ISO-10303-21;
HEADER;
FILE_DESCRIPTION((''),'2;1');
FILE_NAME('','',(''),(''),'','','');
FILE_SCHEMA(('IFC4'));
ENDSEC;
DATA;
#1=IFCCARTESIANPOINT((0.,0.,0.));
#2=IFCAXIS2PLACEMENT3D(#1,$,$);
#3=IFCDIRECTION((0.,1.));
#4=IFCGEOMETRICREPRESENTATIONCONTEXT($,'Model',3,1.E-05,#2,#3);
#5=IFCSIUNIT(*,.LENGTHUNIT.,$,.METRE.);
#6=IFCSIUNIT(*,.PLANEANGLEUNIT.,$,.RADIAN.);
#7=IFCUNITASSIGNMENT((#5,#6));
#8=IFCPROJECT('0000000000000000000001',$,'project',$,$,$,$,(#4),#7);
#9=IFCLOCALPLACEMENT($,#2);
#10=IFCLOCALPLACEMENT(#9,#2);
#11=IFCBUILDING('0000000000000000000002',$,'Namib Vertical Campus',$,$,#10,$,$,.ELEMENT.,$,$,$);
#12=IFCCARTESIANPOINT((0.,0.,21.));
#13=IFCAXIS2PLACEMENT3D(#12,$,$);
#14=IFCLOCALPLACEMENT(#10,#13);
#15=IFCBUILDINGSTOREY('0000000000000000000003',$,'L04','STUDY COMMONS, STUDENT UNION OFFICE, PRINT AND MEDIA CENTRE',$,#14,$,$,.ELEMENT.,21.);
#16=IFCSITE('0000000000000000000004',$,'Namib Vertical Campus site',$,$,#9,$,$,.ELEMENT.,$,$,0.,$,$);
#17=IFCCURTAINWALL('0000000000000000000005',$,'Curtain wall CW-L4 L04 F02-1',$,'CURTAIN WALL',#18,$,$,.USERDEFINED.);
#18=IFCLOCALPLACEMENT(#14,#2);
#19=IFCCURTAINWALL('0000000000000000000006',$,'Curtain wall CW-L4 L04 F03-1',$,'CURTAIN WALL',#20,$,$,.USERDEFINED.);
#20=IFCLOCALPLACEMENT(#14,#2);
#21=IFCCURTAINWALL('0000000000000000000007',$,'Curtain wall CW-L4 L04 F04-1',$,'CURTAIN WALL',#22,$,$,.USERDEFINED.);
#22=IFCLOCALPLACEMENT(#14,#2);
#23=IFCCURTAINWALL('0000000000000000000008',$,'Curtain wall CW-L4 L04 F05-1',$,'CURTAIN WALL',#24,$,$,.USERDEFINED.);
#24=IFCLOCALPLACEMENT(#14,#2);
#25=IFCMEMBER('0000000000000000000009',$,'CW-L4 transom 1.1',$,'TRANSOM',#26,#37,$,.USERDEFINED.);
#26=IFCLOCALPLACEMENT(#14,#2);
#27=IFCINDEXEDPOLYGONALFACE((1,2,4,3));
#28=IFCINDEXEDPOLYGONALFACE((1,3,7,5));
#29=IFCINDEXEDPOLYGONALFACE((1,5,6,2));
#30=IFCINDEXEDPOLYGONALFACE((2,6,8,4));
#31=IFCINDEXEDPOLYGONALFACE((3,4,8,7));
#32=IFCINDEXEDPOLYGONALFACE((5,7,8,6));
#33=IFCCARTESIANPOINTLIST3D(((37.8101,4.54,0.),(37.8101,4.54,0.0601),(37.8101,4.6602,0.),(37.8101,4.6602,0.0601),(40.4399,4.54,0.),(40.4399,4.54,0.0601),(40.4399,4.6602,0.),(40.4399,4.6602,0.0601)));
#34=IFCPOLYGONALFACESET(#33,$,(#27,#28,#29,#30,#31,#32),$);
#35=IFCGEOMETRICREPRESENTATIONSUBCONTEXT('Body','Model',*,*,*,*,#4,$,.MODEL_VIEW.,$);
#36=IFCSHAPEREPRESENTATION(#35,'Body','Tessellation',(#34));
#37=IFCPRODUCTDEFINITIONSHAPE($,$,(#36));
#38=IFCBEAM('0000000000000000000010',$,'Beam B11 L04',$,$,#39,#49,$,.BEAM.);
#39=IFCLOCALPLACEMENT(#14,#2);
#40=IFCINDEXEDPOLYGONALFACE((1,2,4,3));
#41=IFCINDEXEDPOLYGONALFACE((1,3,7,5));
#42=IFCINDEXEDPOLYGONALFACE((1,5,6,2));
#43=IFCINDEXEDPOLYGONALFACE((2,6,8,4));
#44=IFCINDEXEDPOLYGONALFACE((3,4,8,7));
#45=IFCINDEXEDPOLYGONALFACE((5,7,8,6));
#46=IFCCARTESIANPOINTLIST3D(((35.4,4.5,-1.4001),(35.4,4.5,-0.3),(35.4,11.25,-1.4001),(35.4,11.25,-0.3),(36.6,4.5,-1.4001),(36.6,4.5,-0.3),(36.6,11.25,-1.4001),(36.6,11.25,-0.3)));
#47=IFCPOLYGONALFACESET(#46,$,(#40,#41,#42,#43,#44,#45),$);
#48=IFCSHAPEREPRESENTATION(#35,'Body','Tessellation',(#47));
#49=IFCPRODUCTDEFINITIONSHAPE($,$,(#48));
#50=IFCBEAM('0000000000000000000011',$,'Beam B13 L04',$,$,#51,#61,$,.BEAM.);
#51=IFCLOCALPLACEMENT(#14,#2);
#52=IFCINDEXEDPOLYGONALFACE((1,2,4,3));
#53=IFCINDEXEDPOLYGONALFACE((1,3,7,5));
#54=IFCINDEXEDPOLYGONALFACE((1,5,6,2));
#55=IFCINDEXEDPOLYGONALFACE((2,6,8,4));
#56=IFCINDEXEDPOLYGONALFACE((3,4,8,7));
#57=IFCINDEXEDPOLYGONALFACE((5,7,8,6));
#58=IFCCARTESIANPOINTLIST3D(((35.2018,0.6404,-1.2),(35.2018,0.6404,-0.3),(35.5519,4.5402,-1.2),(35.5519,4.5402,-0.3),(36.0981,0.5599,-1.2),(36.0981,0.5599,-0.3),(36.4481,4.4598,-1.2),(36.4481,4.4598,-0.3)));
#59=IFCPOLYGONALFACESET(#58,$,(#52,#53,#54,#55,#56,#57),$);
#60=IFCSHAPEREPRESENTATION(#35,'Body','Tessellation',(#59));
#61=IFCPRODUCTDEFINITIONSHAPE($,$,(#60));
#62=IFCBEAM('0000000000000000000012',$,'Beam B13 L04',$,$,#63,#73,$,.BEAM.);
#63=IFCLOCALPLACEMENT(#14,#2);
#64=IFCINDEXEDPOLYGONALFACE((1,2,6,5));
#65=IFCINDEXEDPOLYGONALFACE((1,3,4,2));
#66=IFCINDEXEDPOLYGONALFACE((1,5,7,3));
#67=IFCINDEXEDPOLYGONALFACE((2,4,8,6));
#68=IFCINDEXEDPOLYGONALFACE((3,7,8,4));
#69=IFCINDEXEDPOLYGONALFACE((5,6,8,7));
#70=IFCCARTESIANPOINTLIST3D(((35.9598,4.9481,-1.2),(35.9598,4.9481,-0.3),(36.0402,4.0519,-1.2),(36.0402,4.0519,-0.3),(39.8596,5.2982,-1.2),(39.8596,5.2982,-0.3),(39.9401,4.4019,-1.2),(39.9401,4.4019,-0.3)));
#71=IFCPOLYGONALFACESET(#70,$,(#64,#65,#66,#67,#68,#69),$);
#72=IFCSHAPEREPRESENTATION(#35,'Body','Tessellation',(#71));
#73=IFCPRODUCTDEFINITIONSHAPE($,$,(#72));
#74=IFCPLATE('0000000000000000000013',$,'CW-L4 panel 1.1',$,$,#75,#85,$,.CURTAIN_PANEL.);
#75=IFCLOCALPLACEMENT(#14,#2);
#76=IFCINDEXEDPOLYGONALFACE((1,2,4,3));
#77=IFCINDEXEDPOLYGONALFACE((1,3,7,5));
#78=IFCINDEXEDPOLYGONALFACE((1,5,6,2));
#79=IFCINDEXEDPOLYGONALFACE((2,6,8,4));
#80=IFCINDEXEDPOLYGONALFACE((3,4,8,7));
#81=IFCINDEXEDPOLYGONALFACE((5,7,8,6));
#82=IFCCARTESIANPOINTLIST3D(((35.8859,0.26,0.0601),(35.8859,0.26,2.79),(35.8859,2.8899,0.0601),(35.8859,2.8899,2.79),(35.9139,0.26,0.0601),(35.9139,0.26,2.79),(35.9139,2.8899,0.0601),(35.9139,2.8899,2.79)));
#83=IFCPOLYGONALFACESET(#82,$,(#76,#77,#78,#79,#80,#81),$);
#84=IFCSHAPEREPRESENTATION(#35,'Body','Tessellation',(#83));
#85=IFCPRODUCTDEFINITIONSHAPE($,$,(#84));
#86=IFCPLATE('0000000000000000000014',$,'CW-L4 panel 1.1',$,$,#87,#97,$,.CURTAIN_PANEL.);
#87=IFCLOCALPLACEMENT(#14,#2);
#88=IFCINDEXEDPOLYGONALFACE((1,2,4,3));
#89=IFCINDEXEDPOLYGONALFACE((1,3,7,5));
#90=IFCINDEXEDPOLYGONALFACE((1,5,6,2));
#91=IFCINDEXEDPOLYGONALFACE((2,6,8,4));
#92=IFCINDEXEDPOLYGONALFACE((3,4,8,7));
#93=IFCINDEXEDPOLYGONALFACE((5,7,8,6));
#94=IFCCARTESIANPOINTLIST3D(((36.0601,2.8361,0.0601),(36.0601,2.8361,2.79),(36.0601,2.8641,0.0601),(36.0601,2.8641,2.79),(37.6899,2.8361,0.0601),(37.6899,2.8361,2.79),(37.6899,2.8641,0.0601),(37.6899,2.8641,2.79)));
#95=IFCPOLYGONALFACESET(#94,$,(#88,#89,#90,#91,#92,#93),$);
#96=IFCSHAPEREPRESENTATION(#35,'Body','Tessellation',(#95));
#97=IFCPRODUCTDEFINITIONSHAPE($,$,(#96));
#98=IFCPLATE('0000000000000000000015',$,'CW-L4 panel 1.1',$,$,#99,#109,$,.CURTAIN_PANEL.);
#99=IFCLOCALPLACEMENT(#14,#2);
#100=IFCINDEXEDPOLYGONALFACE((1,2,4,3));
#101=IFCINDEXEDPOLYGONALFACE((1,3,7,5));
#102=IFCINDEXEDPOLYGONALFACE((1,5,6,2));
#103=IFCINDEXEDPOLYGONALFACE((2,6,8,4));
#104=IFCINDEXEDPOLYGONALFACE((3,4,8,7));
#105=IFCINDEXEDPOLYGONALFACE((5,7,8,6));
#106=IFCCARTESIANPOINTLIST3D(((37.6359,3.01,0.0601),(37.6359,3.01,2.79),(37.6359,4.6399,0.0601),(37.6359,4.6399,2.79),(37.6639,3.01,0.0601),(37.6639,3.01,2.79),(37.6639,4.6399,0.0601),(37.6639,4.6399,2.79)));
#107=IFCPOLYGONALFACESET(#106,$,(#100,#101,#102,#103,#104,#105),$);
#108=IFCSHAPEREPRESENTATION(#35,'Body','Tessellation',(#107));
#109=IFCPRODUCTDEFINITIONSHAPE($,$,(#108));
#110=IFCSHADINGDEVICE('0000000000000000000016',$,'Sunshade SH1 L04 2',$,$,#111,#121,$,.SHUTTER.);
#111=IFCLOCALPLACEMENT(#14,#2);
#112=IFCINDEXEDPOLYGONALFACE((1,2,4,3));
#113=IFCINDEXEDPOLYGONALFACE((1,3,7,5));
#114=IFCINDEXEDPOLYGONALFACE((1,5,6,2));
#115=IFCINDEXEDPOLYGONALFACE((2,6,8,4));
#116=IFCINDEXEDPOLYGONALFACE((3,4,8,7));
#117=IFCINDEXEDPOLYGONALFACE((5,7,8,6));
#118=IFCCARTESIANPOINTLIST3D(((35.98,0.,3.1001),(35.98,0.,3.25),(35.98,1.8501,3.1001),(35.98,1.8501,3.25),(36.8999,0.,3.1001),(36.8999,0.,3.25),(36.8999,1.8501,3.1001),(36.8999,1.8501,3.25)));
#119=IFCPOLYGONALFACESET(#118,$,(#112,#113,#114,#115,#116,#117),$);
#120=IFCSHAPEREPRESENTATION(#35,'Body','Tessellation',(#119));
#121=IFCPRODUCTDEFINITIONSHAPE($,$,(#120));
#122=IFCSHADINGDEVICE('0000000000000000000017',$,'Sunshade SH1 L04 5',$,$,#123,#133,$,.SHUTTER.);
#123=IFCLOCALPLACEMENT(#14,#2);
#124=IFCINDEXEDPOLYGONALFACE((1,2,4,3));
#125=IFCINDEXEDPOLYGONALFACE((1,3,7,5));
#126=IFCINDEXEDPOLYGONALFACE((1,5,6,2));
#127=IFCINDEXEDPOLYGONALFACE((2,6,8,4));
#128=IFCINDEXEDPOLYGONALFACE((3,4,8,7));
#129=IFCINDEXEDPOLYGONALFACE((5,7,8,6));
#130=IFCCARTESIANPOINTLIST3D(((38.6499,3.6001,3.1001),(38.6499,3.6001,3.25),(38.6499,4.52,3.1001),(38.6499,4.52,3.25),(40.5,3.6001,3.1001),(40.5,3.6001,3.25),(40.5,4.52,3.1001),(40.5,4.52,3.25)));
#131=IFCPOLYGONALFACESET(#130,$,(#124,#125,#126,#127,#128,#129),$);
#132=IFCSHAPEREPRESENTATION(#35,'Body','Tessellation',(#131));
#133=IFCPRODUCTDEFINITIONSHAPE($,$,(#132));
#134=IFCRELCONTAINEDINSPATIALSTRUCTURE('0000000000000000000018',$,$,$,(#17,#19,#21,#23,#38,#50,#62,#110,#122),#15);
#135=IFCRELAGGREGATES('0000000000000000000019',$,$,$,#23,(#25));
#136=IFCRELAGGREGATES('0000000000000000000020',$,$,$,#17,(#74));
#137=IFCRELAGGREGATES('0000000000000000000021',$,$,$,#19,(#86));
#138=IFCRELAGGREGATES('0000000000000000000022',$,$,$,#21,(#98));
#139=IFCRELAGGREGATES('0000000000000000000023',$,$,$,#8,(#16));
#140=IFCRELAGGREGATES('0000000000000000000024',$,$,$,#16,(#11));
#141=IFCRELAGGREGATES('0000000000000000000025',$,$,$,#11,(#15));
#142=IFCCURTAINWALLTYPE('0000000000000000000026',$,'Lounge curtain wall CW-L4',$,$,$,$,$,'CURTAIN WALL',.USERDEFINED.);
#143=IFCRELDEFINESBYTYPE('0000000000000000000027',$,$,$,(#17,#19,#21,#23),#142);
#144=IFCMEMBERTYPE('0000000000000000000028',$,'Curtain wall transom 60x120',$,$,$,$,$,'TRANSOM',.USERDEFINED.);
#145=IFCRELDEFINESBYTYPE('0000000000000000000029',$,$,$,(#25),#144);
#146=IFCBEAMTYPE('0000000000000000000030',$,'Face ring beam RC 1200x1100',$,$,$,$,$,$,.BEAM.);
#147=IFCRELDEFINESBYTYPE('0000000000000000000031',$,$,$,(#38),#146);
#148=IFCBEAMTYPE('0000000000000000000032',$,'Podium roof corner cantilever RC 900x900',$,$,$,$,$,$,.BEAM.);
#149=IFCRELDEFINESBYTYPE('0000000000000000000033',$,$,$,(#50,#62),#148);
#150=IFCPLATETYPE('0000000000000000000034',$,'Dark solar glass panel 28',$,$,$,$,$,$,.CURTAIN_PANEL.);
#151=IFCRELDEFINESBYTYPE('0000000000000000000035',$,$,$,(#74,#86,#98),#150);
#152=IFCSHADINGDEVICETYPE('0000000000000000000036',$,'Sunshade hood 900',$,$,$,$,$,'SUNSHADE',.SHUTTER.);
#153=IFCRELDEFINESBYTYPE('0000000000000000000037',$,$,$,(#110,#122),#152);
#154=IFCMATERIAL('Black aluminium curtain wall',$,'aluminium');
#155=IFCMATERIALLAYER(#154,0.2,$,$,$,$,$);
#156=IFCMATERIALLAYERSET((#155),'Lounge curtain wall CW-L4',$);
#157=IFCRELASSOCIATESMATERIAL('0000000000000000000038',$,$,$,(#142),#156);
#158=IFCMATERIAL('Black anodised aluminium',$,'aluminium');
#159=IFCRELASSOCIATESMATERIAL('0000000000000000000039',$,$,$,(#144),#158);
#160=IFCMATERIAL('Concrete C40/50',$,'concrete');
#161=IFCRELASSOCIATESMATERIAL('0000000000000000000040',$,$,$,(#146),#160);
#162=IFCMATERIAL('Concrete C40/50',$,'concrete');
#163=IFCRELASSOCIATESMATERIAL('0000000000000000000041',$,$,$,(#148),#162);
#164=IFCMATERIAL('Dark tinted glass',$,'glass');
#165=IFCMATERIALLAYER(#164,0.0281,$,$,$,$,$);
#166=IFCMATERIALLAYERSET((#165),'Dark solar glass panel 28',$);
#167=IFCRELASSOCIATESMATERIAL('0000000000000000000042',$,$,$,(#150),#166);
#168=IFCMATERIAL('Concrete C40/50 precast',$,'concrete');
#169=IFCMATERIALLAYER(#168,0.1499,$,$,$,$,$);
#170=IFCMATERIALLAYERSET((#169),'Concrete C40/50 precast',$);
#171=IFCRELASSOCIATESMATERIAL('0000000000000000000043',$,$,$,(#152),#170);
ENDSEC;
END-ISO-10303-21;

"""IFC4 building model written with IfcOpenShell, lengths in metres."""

from ifc_helpers import new_model, si_unit, direction, frame, origin, origin_2d, place, context, subcontext, project, spatial, rectangle, extrude, material, layer, layer_set, material_profile, profile_set, type_object, element, aggregate, save


model = new_model("IFC4")

# Units and contexts
model_context = context("Model", 3, precision=1e-05, world=origin(), true_north=direction((0.0, 1.0)))
body_context = subcontext(model_context, "Body", "Model", "MODEL_VIEW")
ifc_project = project(units=[si_unit("LENGTHUNIT", "METRE"), si_unit("PLANEANGLEUNIT", "RADIAN")], contexts=[model_context])

# Site, building, storey
site_placement = place(None, origin())
site = spatial("IfcSite", under=ifc_project, at=site_placement, Name="Namib Vertical Campus site", CompositionType="ELEMENT", RefElevation=0.0)
building_placement = place(site_placement, origin())
building = spatial("IfcBuilding", under=site, at=building_placement, Name="Namib Vertical Campus", CompositionType="ELEMENT")
storey_placement = place(building_placement, frame((0.0, 0.0, 21.0)))
storey = spatial("IfcBuildingStorey", under=building, at=storey_placement, Name="L04", Description="STUDY COMMONS, STUDENT UNION OFFICE, PRINT AND MEDIA CENTRE", CompositionType="ELEMENT", Elevation=21.0)

# Shared definitions
ifc_material_1 = material(Name="Black aluminium curtain wall", Category="aluminium")
ifc_layer_1 = layer(ifc_material_1, 0.2)
ifc_layer_set_1 = layer_set([ifc_layer_1], Name="Lounge curtain wall CW-L4")
curtain_wall_type = type_object("IfcCurtainWallType", Name="Lounge curtain wall CW-L4", ElementType="CURTAIN WALL", PredefinedType="USERDEFINED", material=ifc_layer_set_1)

# Curtain walls
curtain_wall_1_placement = place(storey_placement, origin())
curtain_wall_1 = element("IfcCurtainWall", 1, at=curtain_wall_1_placement, inside=storey, type_object=curtain_wall_type, Name="Curtain wall CW-L4 L04 F02-1", ObjectType="CURTAIN WALL", PredefinedType="USERDEFINED")
curtain_wall_2_placement = place(storey_placement, origin())
curtain_wall_2 = element("IfcCurtainWall", 2, at=curtain_wall_2_placement, inside=storey, type_object=curtain_wall_type, Name="Curtain wall CW-L4 L04 F03-1", ObjectType="CURTAIN WALL", PredefinedType="USERDEFINED")

# Curtain walls
curtain_wall_3_placement = place(storey_placement, origin())
curtain_wall_3 = element("IfcCurtainWall", 3, at=curtain_wall_3_placement, inside=storey, type_object=curtain_wall_type, Name="Curtain wall CW-L4 L04 F04-1", ObjectType="CURTAIN WALL", PredefinedType="USERDEFINED")
curtain_wall_4_placement = place(storey_placement, origin())
curtain_wall_4 = element("IfcCurtainWall", 4, at=curtain_wall_4_placement, inside=storey, type_object=curtain_wall_type, Name="Curtain wall CW-L4 L04 F05-1", ObjectType="CURTAIN WALL", PredefinedType="USERDEFINED")

# Member
ifc_material_2 = material(Name="Black anodised aluminium", Category="aluminium")
ifc_material_profile_1 = material_profile(ifc_material_2, rectangle(XDim=0.0601, YDim=0.1201, at=origin_2d()))
ifc_profile_set_1 = profile_set([ifc_material_profile_1], Name="Black anodised aluminium")
member_type_1 = type_object("IfcMemberType", Name="Curtain wall transom 60x120", ElementType="TRANSOM", PredefinedType="USERDEFINED", material=ifc_profile_set_1)
member_1_placement = place(storey_placement, frame((37.8101, 4.6001, 0.03), z_axis=(1.0, 0.0, 0.0), x_axis=(0.0, 0.0, 1.0)))
member_1 = element("IfcMember", 5, at=member_1_placement, type_object=member_type_1, Name="CW-L4 transom 1.1", ObjectType="TRANSOM", PredefinedType="USERDEFINED", context=body_context, shape_type="SweptSolid", body=[
    extrude(rectangle(XDim=0.0601, YDim=0.1201, at=origin_2d()), origin(), (0.0, 0.0, 1.0), 2.6299),
])
aggregate(curtain_wall_4, [member_1])

# Beams
ifc_material_3 = material(Name="Concrete C40/50", Category="concrete")
ifc_material_profile_2 = material_profile(ifc_material_3, rectangle(XDim=1.2, YDim=1.1001, at=origin_2d()))
ifc_profile_set_2 = profile_set([ifc_material_profile_2], Name="Concrete C40/50")
beam_type_1 = type_object("IfcBeamType", Name="Face ring beam RC 1200x1100", PredefinedType="BEAM", material=ifc_profile_set_2)
beam_placement = place(storey_placement, frame((36.0, 4.5, -0.8501), z_axis=(0.0, 1.0, 0.0), x_axis=(-1.0, 0.0, 0.0)))
element("IfcBeam", 6, at=beam_placement, inside=storey, type_object=beam_type_1, Name="Beam B11 L04", PredefinedType="BEAM", context=body_context, shape_type="SweptSolid", body=[
    extrude(rectangle(XDim=1.2, YDim=1.1001, at=origin_2d()), origin(), (0.0, 0.0, 1.0), 6.75),
])
ifc_material_4 = material(Name="Concrete C40/50", Category="concrete")
ifc_material_profile_3 = material_profile(ifc_material_4, rectangle(XDim=0.8999, YDim=0.8999, at=origin_2d()))
ifc_profile_set_3 = profile_set([ifc_material_profile_3], Name="Concrete C40/50")
beam_type_2 = type_object("IfcBeamType", Name="Podium roof corner cantilever RC 900x900", PredefinedType="BEAM", material=ifc_profile_set_3)
for number, where, z_axis, x_axis, name in (
    (7, (36.0, 4.5, -0.75), (-0.089411, -0.995995, 0.0), (0.995995, -0.089411, 0.0), "Beam B13 L04"),
    (8, (36.0, 4.5, -0.75), (0.995995, 0.089411, 0.0), (-0.089411, 0.995995, 0.0), "Beam B13 L04"),
):
    element("IfcBeam", number, at=place(storey_placement, frame(where, z_axis=z_axis, x_axis=x_axis)), inside=storey, type_object=beam_type_2, Name=name, PredefinedType="BEAM", context=body_context, shape_type="SweptSolid", body=[
        extrude(rectangle(XDim=0.8999, YDim=0.8999, at=origin_2d()), origin(), (0.0, 0.0, 1.0), 3.9155),
    ])

# Plates
ifc_material_5 = material(Name="Dark tinted glass", Category="glass")
ifc_layer_2 = layer(ifc_material_5, 0.0281)
ifc_layer_set_2 = layer_set([ifc_layer_2], Name="Dark solar glass panel 28")
plate_type = type_object("IfcPlateType", Name="Dark solar glass panel 28", PredefinedType="CURTAIN_PANEL", material=ifc_layer_set_2)
plate_1_placement = place(storey_placement, frame((35.8999, 1.575, 0.0601), z_axis=(0.0, 0.0, 1.0), x_axis=(0.0, 1.0, 0.0)))
plate_1 = element("IfcPlate", 9, at=plate_1_placement, type_object=plate_type, Name="CW-L4 panel 1.1", PredefinedType="CURTAIN_PANEL", context=body_context, shape_type="SweptSolid", body=[
    extrude(rectangle(XDim=2.6299, YDim=0.0281, at=origin_2d()), origin(), (0.0, 0.0, 1.0), 2.73),
])
aggregate(curtain_wall_1, [plate_1])
plate_2_placement = place(storey_placement, frame((36.875, 2.8501, 0.0601), z_axis=(0.0, 0.0, 1.0), x_axis=(1.0, 0.0, 0.0)))
plate_2 = element("IfcPlate", 10, at=plate_2_placement, type_object=plate_type, Name="CW-L4 panel 1.1", PredefinedType="CURTAIN_PANEL", context=body_context, shape_type="SweptSolid", body=[
    extrude(rectangle(XDim=1.6299, YDim=0.0281, at=origin_2d()), origin(), (0.0, 0.0, 1.0), 2.73),
])
aggregate(curtain_wall_2, [plate_2])
plate_3_placement = place(storey_placement, frame((37.6499, 3.825, 0.0601), z_axis=(0.0, 0.0, 1.0), x_axis=(0.0, 1.0, 0.0)))
plate_3 = element("IfcPlate", 11, at=plate_3_placement, type_object=plate_type, Name="CW-L4 panel 1.1", PredefinedType="CURTAIN_PANEL", context=body_context, shape_type="SweptSolid", body=[
    extrude(rectangle(XDim=1.6299, YDim=0.0281, at=origin_2d()), origin(), (0.0, 0.0, 1.0), 2.73),
])
aggregate(curtain_wall_3, [plate_3])

# Shading devices
ifc_material_6 = material(Name="Concrete C40/50 precast", Category="concrete")
ifc_layer_3 = layer(ifc_material_6, 0.1499)
ifc_layer_set_3 = layer_set([ifc_layer_3], Name="Concrete C40/50 precast")
shading_device_type = type_object("IfcShadingDeviceType", Name="Sunshade hood 900", ElementType="SUNSHADE", PredefinedType="SHUTTER", material=ifc_layer_set_3)
for number, where, z_axis, x_axis, name in (
    (12, (36.4399, 0.925, 3.1001), (0.0, 0.0, 1.0), (0.0, 1.0, 0.0), "Sunshade SH1 L04 2"),
    (13, (39.575, 4.0601, 3.1001), (0.0, 0.0, 1.0), (1.0, 0.0, 0.0), "Sunshade SH1 L04 5"),
):
    element("IfcShadingDevice", number, at=place(storey_placement, frame(where, z_axis=z_axis, x_axis=x_axis)), inside=storey, type_object=shading_device_type, Name=name, PredefinedType="SHUTTER", context=body_context, shape_type="SweptSolid", body=[
        extrude(rectangle(XDim=1.8501, YDim=0.9199, at=origin_2d()), origin(), (0.0, 0.0, 1.0), 0.1499),
    ])

save(model, "model.ifc")
